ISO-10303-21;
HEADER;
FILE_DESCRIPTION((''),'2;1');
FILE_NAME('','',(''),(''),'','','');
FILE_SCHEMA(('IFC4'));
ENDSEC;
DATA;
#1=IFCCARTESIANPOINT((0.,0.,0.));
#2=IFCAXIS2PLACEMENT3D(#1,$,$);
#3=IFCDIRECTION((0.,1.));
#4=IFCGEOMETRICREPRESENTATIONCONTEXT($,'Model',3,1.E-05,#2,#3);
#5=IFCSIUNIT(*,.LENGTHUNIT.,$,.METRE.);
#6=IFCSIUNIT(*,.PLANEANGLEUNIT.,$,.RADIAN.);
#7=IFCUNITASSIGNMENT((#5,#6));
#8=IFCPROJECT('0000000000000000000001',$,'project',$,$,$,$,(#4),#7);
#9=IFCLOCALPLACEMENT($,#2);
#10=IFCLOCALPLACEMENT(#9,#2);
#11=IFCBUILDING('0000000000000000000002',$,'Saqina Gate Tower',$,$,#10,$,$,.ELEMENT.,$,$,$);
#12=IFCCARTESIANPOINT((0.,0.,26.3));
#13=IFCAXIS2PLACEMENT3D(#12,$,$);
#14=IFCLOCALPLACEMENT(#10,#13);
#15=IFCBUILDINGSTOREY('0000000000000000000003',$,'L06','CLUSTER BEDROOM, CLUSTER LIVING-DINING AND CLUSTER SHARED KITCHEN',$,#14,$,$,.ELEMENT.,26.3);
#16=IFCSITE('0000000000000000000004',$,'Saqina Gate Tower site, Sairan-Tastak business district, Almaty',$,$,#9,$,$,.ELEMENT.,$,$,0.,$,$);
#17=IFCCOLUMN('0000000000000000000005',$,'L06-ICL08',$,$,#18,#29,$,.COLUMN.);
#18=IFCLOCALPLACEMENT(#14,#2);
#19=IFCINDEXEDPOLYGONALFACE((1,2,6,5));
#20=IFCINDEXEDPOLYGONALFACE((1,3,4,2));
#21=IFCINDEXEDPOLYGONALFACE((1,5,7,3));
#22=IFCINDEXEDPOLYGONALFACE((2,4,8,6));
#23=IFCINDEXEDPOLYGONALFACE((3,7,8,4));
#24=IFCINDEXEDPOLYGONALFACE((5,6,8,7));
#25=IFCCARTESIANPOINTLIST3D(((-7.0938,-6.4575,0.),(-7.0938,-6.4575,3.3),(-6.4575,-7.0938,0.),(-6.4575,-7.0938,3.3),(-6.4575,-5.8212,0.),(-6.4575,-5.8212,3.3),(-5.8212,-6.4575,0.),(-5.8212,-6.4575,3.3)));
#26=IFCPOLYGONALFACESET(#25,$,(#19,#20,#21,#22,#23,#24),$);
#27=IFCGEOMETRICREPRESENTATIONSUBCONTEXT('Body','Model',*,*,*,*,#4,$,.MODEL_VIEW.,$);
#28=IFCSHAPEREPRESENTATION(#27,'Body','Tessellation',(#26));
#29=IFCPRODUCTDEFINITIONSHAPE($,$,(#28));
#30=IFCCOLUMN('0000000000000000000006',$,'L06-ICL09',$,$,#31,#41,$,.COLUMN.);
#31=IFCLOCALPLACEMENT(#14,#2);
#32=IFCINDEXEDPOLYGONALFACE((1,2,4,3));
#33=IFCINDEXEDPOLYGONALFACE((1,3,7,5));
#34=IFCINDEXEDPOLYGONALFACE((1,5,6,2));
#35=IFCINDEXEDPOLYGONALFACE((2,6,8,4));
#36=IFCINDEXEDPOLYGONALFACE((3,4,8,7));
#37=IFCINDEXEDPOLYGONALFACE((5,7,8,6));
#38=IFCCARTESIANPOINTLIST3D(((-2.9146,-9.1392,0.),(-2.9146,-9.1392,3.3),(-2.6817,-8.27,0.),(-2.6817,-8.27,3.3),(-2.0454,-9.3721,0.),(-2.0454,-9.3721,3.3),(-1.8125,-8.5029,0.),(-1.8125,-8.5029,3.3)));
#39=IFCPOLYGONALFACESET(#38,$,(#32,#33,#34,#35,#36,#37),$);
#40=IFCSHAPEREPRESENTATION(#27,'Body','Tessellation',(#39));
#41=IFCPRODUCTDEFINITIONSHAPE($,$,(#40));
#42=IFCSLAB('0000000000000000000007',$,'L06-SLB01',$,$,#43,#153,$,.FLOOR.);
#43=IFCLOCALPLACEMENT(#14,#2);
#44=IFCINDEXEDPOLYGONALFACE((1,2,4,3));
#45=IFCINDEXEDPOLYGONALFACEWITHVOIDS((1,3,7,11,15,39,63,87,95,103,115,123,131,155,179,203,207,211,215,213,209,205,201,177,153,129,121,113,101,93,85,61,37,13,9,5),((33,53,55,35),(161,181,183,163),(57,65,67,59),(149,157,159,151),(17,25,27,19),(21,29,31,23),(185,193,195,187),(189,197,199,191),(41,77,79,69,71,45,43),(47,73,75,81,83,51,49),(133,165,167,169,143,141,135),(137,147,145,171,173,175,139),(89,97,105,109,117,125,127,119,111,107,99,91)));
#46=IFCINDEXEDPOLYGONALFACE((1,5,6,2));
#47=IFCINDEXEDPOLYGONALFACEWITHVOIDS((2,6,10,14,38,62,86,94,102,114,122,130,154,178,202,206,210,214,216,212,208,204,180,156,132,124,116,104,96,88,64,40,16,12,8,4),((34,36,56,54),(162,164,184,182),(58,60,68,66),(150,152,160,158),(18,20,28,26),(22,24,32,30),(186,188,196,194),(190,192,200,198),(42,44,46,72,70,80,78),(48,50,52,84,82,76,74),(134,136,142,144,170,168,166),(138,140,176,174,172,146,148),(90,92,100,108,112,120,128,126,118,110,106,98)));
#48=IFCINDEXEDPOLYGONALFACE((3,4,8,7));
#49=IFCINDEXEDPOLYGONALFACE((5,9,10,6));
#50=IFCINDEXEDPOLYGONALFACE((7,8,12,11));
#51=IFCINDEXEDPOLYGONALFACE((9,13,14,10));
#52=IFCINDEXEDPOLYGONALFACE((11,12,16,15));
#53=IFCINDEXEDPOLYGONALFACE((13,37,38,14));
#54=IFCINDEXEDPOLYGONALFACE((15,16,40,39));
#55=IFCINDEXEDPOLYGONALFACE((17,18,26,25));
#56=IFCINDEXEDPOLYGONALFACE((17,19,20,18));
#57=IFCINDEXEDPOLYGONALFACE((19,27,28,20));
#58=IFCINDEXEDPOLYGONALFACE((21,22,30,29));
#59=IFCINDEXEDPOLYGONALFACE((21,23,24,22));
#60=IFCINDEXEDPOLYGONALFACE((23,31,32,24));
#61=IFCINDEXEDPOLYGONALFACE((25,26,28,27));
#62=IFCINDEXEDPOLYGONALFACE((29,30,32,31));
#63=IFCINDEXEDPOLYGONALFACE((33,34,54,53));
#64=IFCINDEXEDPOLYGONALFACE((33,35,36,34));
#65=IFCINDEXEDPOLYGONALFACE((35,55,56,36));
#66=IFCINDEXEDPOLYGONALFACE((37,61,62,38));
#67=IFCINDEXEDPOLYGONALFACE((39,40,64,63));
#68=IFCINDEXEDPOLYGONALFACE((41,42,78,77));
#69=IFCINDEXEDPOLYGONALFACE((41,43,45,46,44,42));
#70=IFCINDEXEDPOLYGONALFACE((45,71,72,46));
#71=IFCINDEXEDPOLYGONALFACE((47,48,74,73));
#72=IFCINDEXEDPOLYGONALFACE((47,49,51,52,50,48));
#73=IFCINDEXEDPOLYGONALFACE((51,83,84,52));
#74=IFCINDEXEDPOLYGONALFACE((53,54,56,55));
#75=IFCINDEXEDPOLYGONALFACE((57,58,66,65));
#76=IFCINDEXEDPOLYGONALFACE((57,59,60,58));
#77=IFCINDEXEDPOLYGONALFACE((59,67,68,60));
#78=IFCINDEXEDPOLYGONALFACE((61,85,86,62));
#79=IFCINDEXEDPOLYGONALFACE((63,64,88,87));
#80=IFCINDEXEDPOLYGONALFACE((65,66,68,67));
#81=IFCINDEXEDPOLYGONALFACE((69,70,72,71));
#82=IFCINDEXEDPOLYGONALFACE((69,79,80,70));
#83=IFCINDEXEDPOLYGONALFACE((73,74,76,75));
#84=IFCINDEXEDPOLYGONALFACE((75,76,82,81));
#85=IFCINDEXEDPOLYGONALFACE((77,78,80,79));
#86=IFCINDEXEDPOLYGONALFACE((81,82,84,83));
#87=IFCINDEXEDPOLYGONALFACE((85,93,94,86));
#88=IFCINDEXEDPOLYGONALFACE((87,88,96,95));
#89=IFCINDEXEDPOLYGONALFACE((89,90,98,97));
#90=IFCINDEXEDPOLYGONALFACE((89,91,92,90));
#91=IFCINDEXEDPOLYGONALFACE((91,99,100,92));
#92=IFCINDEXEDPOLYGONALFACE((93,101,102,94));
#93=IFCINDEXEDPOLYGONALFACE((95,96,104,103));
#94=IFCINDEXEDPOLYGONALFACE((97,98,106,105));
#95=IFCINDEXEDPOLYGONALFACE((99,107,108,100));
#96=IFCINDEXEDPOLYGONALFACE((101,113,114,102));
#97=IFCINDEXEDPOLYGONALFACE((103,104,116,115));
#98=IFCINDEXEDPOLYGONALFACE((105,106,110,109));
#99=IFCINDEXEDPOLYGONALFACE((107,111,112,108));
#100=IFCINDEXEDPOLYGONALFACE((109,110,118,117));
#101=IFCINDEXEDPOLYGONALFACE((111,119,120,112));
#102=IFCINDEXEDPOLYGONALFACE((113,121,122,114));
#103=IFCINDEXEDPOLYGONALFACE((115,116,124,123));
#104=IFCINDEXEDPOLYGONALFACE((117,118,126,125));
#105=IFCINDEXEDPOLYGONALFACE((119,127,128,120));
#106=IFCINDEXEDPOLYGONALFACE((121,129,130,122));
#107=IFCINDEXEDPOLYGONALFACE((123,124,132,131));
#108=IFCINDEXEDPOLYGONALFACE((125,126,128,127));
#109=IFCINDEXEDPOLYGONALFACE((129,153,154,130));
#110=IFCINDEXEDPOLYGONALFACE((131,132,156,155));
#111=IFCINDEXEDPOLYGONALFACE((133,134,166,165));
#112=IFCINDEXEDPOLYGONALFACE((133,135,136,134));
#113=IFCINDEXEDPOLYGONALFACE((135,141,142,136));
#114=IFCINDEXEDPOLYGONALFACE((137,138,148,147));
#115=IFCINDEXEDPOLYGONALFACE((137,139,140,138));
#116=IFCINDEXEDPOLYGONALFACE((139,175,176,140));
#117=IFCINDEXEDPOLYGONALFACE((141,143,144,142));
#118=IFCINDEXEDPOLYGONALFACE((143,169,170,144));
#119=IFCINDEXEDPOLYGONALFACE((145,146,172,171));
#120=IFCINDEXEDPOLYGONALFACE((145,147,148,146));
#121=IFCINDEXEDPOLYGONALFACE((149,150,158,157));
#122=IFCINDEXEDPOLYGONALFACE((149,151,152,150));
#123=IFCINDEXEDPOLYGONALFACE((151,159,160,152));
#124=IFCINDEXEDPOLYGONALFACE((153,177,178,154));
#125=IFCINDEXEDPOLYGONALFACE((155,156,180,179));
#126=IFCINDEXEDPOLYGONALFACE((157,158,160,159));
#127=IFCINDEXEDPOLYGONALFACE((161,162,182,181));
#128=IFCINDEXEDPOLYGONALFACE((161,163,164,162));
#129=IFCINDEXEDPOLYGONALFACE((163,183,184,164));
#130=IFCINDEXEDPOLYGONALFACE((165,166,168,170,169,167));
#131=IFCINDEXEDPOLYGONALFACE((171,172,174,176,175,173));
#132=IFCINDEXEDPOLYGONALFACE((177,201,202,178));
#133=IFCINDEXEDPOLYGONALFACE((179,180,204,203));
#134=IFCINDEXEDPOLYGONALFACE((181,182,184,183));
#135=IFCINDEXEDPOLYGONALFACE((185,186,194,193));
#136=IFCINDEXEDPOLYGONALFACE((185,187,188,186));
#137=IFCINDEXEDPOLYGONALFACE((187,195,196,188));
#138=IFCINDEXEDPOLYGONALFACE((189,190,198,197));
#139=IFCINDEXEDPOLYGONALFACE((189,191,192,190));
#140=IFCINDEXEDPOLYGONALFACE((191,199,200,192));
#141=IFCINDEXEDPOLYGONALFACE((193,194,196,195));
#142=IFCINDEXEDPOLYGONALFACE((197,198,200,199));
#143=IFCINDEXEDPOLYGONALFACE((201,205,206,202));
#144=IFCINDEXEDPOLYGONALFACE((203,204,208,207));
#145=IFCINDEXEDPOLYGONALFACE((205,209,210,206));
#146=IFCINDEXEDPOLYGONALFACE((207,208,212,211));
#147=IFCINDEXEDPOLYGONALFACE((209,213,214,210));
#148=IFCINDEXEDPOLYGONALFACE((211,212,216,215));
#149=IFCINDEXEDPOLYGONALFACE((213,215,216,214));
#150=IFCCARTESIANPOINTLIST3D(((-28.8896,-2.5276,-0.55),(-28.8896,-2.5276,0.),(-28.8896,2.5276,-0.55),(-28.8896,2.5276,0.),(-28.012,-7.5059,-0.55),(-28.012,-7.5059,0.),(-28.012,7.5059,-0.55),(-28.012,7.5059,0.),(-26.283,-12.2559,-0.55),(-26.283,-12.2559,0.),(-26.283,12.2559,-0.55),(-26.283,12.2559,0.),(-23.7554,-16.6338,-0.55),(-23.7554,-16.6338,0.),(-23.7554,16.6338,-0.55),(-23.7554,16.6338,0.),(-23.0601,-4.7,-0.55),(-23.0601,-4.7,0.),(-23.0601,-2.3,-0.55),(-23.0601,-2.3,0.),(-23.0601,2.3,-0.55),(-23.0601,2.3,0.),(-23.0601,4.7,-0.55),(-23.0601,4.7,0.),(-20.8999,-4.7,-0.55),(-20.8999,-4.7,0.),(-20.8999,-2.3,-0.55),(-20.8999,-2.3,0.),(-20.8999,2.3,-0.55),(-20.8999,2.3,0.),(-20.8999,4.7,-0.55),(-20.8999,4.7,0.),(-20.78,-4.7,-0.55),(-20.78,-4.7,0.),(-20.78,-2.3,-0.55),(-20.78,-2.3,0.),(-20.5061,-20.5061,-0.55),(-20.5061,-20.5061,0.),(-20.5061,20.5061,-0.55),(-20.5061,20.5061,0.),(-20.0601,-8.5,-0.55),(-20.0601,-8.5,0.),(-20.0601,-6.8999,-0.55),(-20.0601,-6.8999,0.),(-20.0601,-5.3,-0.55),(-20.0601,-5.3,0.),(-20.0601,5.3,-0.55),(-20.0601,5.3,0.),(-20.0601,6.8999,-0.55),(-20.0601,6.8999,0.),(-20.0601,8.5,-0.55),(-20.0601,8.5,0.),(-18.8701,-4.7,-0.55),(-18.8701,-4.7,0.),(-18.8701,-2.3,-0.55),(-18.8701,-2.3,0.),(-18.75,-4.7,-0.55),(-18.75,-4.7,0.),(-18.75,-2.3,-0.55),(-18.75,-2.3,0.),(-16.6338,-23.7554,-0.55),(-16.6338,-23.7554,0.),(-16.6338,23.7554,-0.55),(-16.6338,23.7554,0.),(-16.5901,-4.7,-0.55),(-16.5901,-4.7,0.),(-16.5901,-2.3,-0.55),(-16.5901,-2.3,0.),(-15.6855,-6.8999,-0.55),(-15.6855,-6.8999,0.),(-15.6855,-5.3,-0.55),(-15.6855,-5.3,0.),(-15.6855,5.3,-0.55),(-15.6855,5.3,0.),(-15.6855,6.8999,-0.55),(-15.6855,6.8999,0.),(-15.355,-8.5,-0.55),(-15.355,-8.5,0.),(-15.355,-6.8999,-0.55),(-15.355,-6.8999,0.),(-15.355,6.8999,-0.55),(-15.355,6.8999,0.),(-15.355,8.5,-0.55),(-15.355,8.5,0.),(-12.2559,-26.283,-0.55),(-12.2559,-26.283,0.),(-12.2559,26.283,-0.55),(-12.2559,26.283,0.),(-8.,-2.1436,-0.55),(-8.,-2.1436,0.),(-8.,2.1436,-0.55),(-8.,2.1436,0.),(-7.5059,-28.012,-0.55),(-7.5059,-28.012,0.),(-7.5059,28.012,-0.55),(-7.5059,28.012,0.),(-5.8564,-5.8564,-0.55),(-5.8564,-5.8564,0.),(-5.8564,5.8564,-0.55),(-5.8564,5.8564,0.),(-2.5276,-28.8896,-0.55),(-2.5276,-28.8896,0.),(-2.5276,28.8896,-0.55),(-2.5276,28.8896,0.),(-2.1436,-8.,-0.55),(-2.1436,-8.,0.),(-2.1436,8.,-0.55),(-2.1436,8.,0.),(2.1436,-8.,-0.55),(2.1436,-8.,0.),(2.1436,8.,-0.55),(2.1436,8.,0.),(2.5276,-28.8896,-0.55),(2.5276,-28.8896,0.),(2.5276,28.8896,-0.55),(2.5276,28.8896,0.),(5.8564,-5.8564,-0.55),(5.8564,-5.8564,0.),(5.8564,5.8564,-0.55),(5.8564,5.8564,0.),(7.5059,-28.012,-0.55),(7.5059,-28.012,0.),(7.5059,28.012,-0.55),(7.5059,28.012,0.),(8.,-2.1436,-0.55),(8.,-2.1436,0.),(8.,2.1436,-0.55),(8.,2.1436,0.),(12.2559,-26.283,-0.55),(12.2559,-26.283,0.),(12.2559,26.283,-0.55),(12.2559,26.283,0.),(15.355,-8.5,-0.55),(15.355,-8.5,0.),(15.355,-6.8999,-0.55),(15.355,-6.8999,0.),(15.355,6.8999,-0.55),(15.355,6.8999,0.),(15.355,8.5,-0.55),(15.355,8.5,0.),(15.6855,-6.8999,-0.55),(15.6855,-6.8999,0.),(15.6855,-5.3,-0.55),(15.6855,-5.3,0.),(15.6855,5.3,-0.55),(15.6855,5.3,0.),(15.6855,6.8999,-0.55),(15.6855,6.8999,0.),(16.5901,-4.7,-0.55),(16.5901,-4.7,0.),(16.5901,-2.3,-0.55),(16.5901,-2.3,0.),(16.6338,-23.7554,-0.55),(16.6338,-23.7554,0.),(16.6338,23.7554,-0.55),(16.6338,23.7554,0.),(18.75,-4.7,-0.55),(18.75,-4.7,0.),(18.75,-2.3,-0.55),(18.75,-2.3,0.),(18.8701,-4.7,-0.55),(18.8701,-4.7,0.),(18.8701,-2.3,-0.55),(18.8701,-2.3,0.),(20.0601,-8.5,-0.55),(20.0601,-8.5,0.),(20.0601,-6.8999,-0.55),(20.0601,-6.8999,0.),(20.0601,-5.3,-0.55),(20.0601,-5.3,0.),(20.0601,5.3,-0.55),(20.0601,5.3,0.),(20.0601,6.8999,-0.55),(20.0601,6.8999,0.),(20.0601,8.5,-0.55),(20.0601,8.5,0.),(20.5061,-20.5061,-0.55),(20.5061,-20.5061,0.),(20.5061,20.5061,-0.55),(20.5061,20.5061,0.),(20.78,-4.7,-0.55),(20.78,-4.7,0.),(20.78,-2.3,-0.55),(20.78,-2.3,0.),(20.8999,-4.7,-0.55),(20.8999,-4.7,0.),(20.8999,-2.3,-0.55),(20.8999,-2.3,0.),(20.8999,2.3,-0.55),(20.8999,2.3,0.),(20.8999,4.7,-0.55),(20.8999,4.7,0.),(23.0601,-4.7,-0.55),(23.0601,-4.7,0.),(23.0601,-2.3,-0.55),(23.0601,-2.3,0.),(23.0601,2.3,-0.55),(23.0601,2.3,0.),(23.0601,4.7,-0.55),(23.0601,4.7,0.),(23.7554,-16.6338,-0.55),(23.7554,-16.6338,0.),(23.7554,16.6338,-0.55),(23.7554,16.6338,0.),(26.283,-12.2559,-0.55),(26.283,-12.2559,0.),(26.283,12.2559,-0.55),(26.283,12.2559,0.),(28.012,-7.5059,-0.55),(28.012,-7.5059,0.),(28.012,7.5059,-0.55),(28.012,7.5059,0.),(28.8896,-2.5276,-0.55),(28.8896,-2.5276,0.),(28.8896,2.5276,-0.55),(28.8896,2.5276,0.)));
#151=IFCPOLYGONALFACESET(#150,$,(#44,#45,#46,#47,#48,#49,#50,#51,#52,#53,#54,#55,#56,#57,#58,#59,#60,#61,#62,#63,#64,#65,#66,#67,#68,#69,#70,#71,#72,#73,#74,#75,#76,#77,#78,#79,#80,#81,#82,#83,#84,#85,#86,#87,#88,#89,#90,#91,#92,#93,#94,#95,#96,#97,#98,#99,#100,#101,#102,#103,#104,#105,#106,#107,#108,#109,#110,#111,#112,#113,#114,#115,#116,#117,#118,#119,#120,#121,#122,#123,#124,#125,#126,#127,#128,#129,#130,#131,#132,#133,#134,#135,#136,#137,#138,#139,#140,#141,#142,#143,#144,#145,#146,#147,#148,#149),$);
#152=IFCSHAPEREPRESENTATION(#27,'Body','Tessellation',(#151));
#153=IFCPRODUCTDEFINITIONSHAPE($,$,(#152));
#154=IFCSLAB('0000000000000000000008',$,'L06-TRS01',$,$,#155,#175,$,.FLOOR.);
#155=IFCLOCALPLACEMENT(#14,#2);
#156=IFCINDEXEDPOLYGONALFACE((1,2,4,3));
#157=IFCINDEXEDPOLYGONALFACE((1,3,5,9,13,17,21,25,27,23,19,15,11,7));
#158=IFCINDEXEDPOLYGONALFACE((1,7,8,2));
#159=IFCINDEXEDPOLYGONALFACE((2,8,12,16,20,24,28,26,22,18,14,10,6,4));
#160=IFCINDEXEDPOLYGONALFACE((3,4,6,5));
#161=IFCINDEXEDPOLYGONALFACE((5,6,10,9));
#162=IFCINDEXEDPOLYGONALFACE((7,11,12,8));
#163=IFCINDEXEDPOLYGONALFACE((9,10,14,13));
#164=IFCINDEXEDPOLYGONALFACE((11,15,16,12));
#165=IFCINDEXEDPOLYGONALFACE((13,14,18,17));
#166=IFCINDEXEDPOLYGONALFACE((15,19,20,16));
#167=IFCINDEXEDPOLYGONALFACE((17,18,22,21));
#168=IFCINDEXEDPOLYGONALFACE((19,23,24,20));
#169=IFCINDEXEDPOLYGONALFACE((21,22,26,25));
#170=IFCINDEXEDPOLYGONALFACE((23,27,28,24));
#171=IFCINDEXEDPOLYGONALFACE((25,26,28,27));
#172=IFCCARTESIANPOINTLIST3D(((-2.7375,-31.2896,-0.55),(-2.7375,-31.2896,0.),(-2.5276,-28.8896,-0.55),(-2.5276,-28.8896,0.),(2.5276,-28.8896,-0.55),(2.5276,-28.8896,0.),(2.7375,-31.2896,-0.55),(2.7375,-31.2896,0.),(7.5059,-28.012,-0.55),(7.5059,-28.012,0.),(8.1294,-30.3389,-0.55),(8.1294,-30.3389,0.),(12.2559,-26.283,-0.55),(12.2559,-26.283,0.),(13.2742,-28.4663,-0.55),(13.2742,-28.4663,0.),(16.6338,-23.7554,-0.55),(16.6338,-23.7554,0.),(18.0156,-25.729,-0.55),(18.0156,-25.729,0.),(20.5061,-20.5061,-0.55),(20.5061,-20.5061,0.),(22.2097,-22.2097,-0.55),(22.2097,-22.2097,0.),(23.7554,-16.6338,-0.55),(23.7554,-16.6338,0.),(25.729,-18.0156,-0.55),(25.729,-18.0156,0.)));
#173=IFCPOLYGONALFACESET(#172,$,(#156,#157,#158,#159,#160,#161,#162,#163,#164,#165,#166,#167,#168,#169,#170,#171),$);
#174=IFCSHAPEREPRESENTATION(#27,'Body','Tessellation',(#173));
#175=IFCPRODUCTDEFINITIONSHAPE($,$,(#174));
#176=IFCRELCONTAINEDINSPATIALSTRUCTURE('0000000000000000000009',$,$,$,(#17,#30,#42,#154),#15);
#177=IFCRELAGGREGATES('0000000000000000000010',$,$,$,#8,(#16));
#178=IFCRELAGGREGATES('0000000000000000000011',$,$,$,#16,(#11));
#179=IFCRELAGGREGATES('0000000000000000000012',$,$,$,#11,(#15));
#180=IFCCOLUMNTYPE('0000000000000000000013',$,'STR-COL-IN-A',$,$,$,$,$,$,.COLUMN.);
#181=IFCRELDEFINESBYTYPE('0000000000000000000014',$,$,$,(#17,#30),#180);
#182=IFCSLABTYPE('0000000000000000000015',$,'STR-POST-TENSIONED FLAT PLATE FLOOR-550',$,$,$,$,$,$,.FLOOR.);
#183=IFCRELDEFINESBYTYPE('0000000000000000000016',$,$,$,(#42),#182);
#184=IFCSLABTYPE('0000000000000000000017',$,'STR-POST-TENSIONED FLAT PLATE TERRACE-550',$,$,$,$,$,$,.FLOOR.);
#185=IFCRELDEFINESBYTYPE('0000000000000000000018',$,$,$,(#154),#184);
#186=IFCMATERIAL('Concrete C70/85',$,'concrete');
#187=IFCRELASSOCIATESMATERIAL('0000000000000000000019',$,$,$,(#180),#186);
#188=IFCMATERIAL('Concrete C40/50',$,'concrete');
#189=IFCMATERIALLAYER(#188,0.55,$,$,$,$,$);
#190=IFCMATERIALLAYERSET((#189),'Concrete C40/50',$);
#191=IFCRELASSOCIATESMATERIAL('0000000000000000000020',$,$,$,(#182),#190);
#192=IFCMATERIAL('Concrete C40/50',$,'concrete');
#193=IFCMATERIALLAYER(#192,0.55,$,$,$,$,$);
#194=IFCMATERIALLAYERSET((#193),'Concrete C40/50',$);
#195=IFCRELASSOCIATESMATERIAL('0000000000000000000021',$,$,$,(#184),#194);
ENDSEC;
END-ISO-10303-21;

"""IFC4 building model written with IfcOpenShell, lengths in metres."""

from ifc_helpers import new_model, si_unit, direction, frame, origin, origin_2d, place, context, subcontext, project, spatial, polyline, rectangle, outline, extrude, material, layer, layer_set, material_profile, profile_set, type_object, element, save


model = new_model("IFC4")

# Units and contexts
model_context = context("Model", 3, precision=1e-05, world=origin(), true_north=direction((0.0, 1.0)))
body_context = subcontext(model_context, "Body", "Model", "MODEL_VIEW")
ifc_project = project(units=[si_unit("LENGTHUNIT", "METRE"), si_unit("PLANEANGLEUNIT", "RADIAN")], contexts=[model_context])

# Site, building, storey
site_placement = place(None, origin())
site = spatial("IfcSite", under=ifc_project, at=site_placement, Name="Saqina Gate Tower site, Sairan-Tastak business district, Almaty", CompositionType="ELEMENT", RefElevation=0.0)
building_placement = place(site_placement, origin())
building = spatial("IfcBuilding", under=site, at=building_placement, Name="Saqina Gate Tower", CompositionType="ELEMENT")
storey_placement = place(building_placement, frame((0.0, 0.0, 26.3)))
storey = spatial("IfcBuildingStorey", under=building, at=storey_placement, Name="L06", Description="CLUSTER BEDROOM, CLUSTER LIVING-DINING AND CLUSTER SHARED KITCHEN", CompositionType="ELEMENT", Elevation=26.3)

# Columns
ifc_material_1 = material(Name="Concrete C70/85", Category="concrete")
ifc_material_profile = material_profile(ifc_material_1, rectangle(XDim=0.8999, YDim=0.8999, at=origin_2d()), Name="RC 900x900")
ifc_profile_set = profile_set([ifc_material_profile], Name="Concrete C70/85")
column_type = type_object("IfcColumnType", Name="STR-COL-IN-A", PredefinedType="COLUMN", material=ifc_profile_set)
for number, where, z_axis, x_axis, name in (
    (1, (-6.4575, -6.4575, 0.0), (0.0, 0.0, 1.0), (-0.707107, -0.707107, 0.0), "L06-ICL08"),
    (2, (-2.3635, -8.821, 0.0), (0.0, 0.0, 1.0), (-0.258819, -0.965926, 0.0), "L06-ICL09"),
):
    element("IfcColumn", number, at=place(storey_placement, frame(where, z_axis=z_axis, x_axis=x_axis)), inside=storey, type_object=column_type, Name=name, PredefinedType="COLUMN", context=body_context, shape_type="SweptSolid", body=[
        extrude(rectangle(XDim=0.8999, YDim=0.8999, at=origin_2d()), origin(), (0.0, 0.0, 1.0), 3.3),
    ])

# Slabs
ifc_material_2 = material(Name="Concrete C40/50", Category="concrete")
ifc_layer_1 = layer(ifc_material_2, 0.55)
ifc_layer_set_1 = layer_set([ifc_layer_1], Name="Concrete C40/50")
slab_type_1 = type_object("IfcSlabType", Name="STR-POST-TENSIONED FLAT PLATE FLOOR-550", PredefinedType="FLOOR", material=ifc_layer_set_1)
slab_1_placement = place(storey_placement, frame((0.0, 0.0, -0.55)))
element("IfcSlab", 3, at=slab_1_placement, inside=storey, type_object=slab_type_1, Name="L06-SLB01", PredefinedType="FLOOR", context=body_context, shape_type="SweptSolid", body=[
    extrude(outline(polyline([(28.012, -7.5059), (28.8896, -2.5276), (28.8896, 2.5276), (28.012, 7.5059), (26.283, 12.2559), (23.7554, 16.6338), (20.5061, 20.5061), (16.6338, 23.7554), (12.2559, 26.283), (7.5059, 28.012), (2.5276, 28.8896), (-2.5276, 28.8896), (-7.5059, 28.012), (-12.2559, 26.283), (-16.6338, 23.7554), (-20.5061, 20.5061), (-23.7554, 16.6338), (-26.283, 12.2559), (-28.012, 7.5059), (-28.8896, 2.5276), (-28.8896, -2.5276), (-28.012, -7.5059), (-26.283, -12.2559), (-23.7554, -16.6338), (-20.5061, -20.5061), (-16.6338, -23.7554), (-12.2559, -26.283), (-7.5059, -28.012), (-2.5276, -28.8896), (2.5276, -28.8896), (7.5059, -28.012), (12.2559, -26.283), (16.6338, -23.7554), (20.5061, -20.5061), (23.7554, -16.6338), (26.283, -12.2559), (28.012, -7.5059)]), holes=[polyline([(2.1436, 8.0), (5.8564, 5.8564), (8.0, 2.1436), (8.0, -2.1436), (5.8564, -5.8564), (2.1436, -8.0), (-2.1436, -8.0), (-5.8564, -5.8564), (-8.0, -2.1436), (-8.0, 2.1436), (-5.8564, 5.8564), (-2.1436, 8.0), (2.1436, 8.0)]), polyline([(-20.0601, -8.5), (-20.0601, -6.8999), (-20.0601, -5.3), (-15.6855, -5.3), (-15.6855, -6.8999), (-15.355, -6.8999), (-15.355, -8.5), (-20.0601, -8.5)]), polyline([(-20.8999, -2.3), (-20.8999, -4.7), (-23.0601, -4.7), (-23.0601, -2.3), (-20.8999, -2.3)]), polyline([(-18.8701, -2.3), (-18.8701, -4.7), (-20.78, -4.7), (-20.78, -2.3), (-18.8701, -2.3)]), polyline([(-16.5901, -2.3), (-16.5901, -4.7), (-18.75, -4.7), (-18.75, -2.3), (-16.5901, -2.3)]), polyline([(-20.8999, 4.7), (-20.8999, 2.3), (-23.0601, 2.3), (-23.0601, 4.7), (-20.8999, 4.7)]), polyline([(-20.0601, 6.8999), (-20.0601, 8.5), (-15.355, 8.5), (-15.355, 6.8999), (-15.6855, 6.8999), (-15.6855, 5.3), (-20.0601, 5.3), (-20.0601, 6.8999)]), polyline([(15.355, -6.8999), (15.6855, -6.8999), (15.6855, -5.3), (20.0601, -5.3), (20.0601, -6.8999), (20.0601, -8.5), (15.355, -8.5), (15.355, -6.8999)]), polyline([(18.75, -2.3), (18.75, -4.7), (16.5901, -4.7), (16.5901, -2.3), (18.75, -2.3)]), polyline([(20.78, -2.3), (20.78, -4.7), (18.8701, -4.7), (18.8701, -2.3), (20.78, -2.3)]), polyline([(23.0601, -2.3), (23.0601, -4.7), (20.8999, -4.7), (20.8999, -2.3), (23.0601, -2.3)]), polyline([(23.0601, 4.7), (23.0601, 2.3), (20.8999, 2.3), (20.8999, 4.7), (23.0601, 4.7)]), polyline([(15.6855, 6.8999), (15.355, 6.8999), (15.355, 8.5), (20.0601, 8.5), (20.0601, 6.8999), (20.0601, 5.3), (15.6855, 5.3), (15.6855, 6.8999)])]), origin(), (0.0, 0.0, 1.0), 0.55),
])
ifc_material_3 = material(Name="Concrete C40/50", Category="concrete")
ifc_layer_2 = layer(ifc_material_3, 0.55)
ifc_layer_set_2 = layer_set([ifc_layer_2], Name="Concrete C40/50")
slab_type_2 = type_object("IfcSlabType", Name="STR-POST-TENSIONED FLAT PLATE TERRACE-550", PredefinedType="FLOOR", material=ifc_layer_set_2)
slab_2_placement = place(storey_placement, frame((0.0, 0.0, -0.55)))
element("IfcSlab", 4, at=slab_2_placement, inside=storey, type_object=slab_type_2, Name="L06-TRS01", PredefinedType="FLOOR", context=body_context, shape_type="SweptSolid", body=[
    extrude(outline(polyline([(-2.5276, -28.8896), (2.5276, -28.8896), (7.5059, -28.012), (12.2559, -26.283), (16.6338, -23.7554), (20.5061, -20.5061), (23.7554, -16.6338), (25.729, -18.0156), (22.2097, -22.2097), (18.0156, -25.729), (13.2742, -28.4663), (8.1294, -30.3389), (2.7375, -31.2896), (-2.7375, -31.2896), (-2.5276, -28.8896)])), origin(), (0.0, 0.0, 1.0), 0.55),
])

save(model, "model.ifc")
